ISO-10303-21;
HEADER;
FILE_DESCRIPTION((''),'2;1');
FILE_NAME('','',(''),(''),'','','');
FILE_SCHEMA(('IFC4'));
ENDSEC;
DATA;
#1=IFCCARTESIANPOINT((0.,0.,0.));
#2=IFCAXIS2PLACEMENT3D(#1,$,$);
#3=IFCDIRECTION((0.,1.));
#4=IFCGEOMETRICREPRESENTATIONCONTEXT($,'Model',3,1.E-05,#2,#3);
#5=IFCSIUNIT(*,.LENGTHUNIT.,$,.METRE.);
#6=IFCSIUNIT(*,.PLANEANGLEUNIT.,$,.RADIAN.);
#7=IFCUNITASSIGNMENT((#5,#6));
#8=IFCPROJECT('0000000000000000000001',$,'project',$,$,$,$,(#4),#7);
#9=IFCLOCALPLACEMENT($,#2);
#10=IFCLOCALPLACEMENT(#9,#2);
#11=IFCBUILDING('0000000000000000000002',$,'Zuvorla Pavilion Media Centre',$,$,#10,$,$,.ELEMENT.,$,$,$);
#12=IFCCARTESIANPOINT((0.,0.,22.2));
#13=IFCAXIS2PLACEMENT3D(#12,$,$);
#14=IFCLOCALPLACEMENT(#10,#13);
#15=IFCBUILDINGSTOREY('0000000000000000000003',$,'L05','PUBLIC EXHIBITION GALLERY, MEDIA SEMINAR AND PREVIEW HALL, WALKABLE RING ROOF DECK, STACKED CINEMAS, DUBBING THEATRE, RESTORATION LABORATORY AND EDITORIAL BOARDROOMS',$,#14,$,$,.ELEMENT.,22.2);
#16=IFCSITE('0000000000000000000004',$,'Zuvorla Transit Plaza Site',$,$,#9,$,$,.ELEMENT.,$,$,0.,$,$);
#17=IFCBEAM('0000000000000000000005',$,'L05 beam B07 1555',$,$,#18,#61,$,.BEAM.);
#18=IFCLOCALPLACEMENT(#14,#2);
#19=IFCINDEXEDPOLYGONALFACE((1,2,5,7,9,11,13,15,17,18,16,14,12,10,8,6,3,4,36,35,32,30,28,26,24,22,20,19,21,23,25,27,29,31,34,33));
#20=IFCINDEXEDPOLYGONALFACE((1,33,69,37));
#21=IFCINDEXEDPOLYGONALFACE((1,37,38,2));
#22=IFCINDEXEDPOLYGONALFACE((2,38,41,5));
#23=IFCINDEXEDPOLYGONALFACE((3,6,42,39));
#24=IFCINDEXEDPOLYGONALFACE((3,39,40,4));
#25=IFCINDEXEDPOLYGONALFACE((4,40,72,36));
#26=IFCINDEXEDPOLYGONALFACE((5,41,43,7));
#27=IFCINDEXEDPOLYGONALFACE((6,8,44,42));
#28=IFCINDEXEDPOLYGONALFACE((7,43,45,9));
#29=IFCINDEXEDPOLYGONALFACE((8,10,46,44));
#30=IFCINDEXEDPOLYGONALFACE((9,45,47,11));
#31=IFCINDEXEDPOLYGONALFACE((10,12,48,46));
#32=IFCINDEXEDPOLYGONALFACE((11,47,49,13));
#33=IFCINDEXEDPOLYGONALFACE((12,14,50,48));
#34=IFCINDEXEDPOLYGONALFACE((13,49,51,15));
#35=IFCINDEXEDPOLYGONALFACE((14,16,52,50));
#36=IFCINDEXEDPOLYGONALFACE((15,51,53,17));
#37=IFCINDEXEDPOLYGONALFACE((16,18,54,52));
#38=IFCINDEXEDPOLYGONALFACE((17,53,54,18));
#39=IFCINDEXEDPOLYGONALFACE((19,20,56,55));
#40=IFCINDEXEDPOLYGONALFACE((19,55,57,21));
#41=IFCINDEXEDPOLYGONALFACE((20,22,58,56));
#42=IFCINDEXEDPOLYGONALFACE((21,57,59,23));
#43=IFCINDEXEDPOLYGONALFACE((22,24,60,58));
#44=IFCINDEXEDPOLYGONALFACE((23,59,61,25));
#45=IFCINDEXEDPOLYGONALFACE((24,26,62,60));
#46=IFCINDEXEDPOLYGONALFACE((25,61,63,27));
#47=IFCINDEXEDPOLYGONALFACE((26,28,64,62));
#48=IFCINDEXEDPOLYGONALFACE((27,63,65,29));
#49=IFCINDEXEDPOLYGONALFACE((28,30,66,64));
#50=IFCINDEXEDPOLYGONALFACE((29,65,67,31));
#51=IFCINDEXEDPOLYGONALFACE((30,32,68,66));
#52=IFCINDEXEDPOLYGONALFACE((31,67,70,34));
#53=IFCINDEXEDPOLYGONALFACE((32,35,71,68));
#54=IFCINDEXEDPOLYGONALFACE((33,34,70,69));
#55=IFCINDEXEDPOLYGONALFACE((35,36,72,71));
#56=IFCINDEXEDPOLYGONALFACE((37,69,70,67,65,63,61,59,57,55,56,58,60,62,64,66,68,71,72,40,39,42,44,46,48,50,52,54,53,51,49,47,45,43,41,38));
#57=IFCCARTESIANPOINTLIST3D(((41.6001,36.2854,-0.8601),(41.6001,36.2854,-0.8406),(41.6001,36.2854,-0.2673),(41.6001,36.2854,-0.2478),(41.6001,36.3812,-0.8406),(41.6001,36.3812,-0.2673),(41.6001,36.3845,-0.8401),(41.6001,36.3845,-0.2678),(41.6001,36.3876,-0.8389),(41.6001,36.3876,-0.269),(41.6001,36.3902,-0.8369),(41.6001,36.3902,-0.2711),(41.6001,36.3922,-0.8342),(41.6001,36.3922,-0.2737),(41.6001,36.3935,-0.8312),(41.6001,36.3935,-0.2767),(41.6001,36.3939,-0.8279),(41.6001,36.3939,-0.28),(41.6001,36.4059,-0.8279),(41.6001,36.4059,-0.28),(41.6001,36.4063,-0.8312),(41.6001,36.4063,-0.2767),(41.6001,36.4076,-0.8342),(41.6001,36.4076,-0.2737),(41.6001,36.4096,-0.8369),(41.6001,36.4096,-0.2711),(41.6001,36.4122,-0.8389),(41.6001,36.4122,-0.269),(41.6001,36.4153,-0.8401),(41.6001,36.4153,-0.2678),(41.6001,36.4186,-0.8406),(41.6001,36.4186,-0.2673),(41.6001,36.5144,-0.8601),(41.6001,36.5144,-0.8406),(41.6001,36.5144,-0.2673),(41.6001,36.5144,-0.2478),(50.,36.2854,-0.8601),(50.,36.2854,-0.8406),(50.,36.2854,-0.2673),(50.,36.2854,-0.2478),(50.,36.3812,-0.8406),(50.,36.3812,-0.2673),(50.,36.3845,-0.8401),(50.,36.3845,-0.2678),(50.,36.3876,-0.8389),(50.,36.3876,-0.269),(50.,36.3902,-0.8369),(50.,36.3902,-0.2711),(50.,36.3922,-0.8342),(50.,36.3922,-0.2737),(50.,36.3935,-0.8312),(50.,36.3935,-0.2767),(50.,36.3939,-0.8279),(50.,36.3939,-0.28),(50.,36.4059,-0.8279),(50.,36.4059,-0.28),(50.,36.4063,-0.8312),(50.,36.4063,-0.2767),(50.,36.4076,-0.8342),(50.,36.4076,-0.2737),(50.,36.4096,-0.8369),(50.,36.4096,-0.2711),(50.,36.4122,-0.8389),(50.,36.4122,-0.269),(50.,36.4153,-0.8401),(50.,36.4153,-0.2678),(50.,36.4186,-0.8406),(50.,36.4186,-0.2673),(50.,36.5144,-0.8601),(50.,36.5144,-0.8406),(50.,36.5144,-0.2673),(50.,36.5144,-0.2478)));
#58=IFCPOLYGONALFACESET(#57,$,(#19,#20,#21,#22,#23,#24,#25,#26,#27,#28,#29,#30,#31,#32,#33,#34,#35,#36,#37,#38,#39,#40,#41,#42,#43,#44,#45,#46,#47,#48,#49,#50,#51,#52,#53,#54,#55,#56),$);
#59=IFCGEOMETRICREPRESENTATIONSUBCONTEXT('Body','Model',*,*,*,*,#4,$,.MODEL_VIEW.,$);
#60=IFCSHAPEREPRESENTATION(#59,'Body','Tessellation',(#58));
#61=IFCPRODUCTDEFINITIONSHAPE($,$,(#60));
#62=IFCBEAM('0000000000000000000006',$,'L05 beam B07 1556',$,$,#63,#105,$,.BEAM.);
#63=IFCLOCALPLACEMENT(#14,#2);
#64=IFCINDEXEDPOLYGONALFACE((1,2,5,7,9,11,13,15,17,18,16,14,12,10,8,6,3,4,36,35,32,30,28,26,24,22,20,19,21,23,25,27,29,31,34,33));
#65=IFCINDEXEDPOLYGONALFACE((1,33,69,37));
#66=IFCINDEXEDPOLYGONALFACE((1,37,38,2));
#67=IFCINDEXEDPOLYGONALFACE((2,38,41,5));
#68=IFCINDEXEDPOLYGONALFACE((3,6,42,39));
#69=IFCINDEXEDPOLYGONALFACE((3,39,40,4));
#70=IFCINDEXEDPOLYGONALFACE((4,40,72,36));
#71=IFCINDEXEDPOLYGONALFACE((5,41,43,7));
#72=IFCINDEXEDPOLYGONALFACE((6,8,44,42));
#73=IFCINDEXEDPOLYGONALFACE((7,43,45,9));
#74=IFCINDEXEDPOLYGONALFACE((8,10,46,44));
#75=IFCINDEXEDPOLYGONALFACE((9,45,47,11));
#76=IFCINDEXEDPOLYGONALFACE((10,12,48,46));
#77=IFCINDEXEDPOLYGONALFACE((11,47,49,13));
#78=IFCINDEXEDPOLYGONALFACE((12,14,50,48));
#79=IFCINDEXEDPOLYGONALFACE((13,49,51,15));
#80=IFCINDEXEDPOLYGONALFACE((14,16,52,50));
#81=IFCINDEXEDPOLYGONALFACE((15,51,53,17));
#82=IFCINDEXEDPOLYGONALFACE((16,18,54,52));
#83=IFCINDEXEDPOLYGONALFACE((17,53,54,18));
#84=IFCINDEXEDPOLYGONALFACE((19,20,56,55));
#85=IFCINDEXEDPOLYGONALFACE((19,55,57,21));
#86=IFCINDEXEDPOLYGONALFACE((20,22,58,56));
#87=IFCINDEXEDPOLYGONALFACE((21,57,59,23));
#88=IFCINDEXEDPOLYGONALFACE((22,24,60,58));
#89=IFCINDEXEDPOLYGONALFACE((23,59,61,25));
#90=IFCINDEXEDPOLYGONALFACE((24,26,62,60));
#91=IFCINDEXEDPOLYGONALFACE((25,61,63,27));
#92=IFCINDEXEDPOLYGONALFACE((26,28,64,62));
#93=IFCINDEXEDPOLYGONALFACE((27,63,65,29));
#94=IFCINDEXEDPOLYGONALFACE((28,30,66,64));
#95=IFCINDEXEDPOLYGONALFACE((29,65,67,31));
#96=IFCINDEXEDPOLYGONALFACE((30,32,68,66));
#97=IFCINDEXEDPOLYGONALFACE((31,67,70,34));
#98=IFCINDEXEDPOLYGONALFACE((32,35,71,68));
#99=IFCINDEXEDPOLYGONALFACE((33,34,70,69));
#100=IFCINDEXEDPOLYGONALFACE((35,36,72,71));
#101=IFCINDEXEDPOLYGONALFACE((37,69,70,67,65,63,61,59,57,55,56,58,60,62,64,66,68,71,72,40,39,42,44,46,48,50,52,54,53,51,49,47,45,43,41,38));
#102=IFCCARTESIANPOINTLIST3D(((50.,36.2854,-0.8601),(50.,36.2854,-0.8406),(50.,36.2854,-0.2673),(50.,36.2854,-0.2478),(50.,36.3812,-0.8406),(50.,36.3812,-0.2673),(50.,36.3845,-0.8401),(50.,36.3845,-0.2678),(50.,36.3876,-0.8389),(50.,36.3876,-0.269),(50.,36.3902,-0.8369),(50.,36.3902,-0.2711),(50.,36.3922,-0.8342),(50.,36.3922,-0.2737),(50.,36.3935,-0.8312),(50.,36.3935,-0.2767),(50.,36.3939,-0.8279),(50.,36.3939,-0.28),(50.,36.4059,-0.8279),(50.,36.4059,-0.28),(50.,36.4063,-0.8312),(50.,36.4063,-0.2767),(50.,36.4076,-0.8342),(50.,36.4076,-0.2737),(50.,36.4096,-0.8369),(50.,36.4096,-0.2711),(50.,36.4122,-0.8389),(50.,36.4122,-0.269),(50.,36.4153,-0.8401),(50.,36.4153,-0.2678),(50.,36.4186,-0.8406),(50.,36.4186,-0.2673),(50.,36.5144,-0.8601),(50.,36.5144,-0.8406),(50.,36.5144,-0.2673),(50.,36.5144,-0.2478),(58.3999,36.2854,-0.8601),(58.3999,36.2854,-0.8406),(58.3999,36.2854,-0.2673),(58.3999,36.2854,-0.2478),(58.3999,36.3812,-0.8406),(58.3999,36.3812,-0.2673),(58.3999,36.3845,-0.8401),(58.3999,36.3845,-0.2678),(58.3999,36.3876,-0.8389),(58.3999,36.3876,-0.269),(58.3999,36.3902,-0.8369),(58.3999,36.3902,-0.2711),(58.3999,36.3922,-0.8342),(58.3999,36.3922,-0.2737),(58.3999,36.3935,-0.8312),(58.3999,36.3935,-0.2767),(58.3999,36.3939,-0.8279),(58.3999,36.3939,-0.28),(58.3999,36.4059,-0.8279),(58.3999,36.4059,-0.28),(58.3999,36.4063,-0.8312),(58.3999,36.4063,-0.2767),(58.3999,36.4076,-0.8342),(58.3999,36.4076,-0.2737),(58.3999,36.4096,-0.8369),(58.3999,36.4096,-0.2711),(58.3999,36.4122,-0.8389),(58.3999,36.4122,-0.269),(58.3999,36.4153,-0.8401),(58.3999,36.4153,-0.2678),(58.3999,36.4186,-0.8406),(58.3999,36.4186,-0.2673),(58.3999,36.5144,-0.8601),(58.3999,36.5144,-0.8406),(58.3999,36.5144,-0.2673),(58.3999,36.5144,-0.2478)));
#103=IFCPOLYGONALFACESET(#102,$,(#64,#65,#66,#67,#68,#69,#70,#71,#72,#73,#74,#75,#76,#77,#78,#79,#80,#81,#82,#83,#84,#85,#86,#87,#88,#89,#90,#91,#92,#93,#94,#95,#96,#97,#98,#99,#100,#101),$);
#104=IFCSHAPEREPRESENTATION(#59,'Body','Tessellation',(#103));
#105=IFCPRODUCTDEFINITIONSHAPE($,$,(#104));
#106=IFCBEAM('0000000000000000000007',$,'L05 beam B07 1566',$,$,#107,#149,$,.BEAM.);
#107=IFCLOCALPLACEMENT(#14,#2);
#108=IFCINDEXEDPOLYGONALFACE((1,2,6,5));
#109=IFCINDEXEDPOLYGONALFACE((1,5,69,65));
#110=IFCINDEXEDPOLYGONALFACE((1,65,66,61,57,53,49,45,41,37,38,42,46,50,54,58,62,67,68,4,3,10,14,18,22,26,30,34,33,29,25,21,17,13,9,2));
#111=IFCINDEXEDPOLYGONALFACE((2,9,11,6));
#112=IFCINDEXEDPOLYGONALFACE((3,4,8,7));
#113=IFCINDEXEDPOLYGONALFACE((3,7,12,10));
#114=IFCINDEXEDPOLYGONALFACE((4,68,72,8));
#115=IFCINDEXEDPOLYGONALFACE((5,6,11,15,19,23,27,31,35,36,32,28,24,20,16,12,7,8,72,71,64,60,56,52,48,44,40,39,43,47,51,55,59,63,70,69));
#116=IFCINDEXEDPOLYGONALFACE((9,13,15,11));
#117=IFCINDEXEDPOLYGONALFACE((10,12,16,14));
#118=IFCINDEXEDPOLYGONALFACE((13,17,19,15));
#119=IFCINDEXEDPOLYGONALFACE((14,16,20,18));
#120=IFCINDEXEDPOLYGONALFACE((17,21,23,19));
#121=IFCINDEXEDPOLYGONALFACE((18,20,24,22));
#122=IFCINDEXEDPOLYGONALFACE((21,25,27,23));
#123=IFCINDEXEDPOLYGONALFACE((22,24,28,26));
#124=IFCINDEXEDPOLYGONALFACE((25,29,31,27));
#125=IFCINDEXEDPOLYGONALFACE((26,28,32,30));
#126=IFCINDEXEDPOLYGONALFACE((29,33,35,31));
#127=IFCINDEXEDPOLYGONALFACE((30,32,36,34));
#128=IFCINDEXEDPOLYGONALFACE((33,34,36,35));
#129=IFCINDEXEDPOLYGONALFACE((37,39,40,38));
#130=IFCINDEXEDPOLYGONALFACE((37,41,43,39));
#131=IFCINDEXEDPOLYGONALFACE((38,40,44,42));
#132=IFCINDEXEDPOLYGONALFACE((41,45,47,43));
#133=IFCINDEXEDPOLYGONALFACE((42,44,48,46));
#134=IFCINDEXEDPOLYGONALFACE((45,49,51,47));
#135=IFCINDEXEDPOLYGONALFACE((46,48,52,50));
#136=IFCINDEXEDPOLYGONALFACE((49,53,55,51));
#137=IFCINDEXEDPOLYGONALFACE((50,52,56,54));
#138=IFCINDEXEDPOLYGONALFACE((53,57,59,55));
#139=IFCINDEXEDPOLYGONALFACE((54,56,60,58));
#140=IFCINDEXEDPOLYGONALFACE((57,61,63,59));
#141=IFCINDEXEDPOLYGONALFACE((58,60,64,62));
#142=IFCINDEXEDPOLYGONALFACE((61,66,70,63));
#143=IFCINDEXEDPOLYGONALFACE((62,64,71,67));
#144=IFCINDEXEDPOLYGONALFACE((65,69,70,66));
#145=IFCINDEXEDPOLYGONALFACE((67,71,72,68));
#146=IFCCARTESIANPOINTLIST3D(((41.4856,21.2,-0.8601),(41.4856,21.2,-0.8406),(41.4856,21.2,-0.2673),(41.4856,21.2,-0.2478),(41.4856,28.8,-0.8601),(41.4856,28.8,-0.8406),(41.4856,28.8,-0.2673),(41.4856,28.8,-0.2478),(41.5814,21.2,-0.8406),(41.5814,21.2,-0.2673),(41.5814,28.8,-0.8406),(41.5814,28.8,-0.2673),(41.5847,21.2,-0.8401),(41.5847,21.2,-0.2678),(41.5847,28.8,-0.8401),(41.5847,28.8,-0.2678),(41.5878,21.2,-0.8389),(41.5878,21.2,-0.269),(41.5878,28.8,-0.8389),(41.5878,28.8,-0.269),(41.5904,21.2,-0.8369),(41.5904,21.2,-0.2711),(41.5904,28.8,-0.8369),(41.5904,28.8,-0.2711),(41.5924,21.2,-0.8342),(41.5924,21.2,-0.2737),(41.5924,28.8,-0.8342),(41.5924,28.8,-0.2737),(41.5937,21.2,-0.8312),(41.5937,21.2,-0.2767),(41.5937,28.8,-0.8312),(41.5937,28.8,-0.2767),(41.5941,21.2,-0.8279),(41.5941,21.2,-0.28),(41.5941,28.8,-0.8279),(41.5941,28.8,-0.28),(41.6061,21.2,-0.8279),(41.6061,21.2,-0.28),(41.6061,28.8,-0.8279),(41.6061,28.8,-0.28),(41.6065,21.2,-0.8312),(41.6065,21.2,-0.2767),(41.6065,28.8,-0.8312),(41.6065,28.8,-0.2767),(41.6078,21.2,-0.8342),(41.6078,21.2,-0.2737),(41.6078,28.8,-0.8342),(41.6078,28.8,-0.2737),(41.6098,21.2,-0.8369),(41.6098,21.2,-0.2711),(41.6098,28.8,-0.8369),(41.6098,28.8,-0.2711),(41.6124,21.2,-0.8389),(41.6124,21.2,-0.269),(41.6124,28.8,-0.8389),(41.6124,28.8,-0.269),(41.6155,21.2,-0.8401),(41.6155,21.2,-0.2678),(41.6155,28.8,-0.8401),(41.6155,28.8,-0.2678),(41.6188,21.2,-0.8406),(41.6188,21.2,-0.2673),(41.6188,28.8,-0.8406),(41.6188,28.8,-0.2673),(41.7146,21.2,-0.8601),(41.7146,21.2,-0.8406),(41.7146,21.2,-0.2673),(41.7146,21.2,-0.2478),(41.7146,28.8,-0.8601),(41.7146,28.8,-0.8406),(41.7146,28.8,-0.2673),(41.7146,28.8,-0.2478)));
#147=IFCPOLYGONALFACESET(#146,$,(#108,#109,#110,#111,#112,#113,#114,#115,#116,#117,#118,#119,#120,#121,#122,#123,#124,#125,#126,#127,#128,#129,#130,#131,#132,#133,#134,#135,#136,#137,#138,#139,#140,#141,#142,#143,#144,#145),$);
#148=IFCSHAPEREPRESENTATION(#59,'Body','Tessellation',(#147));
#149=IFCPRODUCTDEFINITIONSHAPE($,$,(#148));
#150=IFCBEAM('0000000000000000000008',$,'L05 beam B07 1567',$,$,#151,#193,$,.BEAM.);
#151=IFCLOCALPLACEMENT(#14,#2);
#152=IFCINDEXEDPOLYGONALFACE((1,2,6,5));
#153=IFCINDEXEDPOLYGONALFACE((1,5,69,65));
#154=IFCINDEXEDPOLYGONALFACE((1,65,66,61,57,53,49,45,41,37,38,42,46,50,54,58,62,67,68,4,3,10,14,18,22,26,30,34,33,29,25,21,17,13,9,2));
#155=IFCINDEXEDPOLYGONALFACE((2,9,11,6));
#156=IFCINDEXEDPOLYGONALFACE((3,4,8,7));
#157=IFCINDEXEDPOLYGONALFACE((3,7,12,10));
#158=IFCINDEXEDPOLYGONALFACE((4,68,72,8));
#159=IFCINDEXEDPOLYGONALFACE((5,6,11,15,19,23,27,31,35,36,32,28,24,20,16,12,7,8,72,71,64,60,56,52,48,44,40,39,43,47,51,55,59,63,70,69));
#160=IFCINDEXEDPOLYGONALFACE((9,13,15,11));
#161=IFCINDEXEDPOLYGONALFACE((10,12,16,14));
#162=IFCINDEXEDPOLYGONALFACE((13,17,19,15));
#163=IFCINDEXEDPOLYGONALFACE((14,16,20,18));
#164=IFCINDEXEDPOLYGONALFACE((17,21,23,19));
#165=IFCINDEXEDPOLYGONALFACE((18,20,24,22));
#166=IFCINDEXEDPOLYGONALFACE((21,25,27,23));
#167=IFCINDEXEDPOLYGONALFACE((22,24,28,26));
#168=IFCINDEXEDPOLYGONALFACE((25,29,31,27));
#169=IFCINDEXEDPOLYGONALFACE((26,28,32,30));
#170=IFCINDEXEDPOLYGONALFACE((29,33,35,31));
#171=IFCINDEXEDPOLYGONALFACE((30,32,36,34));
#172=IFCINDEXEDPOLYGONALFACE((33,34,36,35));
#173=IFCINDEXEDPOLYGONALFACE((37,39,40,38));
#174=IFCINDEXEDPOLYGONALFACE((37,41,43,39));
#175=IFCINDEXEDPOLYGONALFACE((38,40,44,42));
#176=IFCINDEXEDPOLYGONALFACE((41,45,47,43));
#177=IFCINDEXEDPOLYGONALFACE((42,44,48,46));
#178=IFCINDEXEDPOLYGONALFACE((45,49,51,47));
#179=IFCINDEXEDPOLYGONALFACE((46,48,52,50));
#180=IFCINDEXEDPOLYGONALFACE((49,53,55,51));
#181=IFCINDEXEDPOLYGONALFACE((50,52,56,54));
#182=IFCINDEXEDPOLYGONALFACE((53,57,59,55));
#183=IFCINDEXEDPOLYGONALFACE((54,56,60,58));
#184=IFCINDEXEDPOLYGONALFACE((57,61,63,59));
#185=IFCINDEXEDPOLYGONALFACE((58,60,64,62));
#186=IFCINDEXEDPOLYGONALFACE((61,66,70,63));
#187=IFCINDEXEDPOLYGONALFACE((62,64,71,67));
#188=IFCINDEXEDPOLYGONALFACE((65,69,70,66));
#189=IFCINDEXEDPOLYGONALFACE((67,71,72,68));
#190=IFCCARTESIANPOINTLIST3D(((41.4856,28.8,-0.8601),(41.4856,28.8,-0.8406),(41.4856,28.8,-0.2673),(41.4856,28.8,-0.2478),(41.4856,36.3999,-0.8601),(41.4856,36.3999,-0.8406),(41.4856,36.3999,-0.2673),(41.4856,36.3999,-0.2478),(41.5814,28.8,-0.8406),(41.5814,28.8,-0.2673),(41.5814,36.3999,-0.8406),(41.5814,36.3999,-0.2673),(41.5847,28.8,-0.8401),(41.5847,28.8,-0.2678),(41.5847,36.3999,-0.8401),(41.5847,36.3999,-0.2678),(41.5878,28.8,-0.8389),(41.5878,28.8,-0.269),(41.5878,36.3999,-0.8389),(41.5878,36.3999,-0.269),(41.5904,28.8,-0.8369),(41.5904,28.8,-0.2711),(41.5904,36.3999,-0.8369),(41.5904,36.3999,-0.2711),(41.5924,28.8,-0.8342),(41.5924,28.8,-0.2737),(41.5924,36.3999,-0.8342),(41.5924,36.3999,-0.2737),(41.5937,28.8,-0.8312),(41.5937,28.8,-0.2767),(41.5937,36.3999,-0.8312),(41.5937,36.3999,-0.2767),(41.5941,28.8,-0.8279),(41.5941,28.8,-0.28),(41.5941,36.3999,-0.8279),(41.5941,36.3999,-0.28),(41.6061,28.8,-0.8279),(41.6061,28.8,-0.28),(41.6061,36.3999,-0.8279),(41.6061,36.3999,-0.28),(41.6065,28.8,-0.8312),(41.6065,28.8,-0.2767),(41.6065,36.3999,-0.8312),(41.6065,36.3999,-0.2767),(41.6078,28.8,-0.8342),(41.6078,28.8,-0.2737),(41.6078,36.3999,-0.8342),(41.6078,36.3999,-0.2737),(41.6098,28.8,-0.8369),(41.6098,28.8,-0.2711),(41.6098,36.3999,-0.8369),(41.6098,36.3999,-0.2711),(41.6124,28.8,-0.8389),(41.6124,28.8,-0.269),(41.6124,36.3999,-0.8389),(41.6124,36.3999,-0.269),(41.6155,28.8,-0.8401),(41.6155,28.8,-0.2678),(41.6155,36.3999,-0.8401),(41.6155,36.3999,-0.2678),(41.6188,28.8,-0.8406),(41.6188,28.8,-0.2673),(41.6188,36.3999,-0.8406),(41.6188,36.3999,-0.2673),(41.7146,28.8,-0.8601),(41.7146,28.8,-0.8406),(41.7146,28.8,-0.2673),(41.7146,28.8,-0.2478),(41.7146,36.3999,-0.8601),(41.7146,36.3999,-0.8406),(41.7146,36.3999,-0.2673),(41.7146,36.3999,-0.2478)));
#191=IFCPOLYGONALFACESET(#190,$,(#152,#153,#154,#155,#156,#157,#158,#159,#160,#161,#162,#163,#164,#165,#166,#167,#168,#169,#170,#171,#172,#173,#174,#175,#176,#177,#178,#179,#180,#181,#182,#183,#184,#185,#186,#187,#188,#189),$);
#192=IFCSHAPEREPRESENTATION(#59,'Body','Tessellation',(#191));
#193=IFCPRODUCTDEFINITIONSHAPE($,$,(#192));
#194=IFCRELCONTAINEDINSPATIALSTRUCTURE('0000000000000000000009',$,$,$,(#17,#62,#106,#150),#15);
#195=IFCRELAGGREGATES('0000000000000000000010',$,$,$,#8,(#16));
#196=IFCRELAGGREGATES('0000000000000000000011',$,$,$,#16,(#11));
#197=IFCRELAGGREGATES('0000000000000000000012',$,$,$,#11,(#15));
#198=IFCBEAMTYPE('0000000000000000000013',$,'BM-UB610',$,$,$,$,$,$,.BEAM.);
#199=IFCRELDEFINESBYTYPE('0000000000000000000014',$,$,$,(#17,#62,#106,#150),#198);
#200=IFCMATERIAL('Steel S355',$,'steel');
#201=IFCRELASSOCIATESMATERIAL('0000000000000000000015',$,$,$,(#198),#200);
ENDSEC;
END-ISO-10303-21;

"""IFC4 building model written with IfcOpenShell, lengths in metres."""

from ifc_helpers import new_model, si_unit, direction, frame, origin, origin_2d, place, context, subcontext, project, spatial, i_section, extrude, material, material_profile, profile_set, type_object, element, save


model = new_model("IFC4")

# Units and contexts
model_context = context("Model", 3, precision=1e-05, world=origin(), true_north=direction((0.0, 1.0)))
body_context = subcontext(model_context, "Body", "Model", "MODEL_VIEW")
ifc_project = project(units=[si_unit("LENGTHUNIT", "METRE"), si_unit("PLANEANGLEUNIT", "RADIAN")], contexts=[model_context])

# Site, building, storey
site_placement = place(None, origin())
site = spatial("IfcSite", under=ifc_project, at=site_placement, Name="Zuvorla Transit Plaza Site", CompositionType="ELEMENT", RefElevation=0.0)
building_placement = place(site_placement, origin())
building = spatial("IfcBuilding", under=site, at=building_placement, Name="Zuvorla Pavilion Media Centre", CompositionType="ELEMENT")
storey_placement = place(building_placement, frame((0.0, 0.0, 22.2)))
storey = spatial("IfcBuildingStorey", under=building, at=storey_placement, Name="L05", Description="PUBLIC EXHIBITION GALLERY, MEDIA SEMINAR AND PREVIEW HALL, WALKABLE RING ROOF DECK, STACKED CINEMAS, DUBBING THEATRE, RESTORATION LABORATORY AND EDITORIAL BOARDROOMS", CompositionType="ELEMENT", Elevation=22.2)

# Beams
ifc_material_1 = material(Name="Steel S355", Category="steel")
ifc_material_profile_1 = material_profile(ifc_material_1, i_section(OverallWidth=0.229, OverallDepth=0.6123, WebThickness=0.012, FlangeThickness=0.0195, FilletRadius=0.0127, at=origin_2d()), Name="UB 610x229x125")
ifc_profile_set_1 = profile_set([ifc_material_profile_1], Name="Steel S355")
beam_type_1 = type_object("IfcBeamType", Name="BM-UB610", PredefinedType="BEAM", material=ifc_profile_set_1)
for number, where, z_axis, x_axis, name in (
    (1, (41.6001, 36.3999, -0.554), (1.0, 0.0, 0.0), (0.0, 1.0, 0.0), "L05 beam B07 1555"),
    (2, (50.0, 36.3999, -0.554), (1.0, 0.0, 0.0), (0.0, 1.0, 0.0), "L05 beam B07 1556"),
):
    element("IfcBeam", number, at=place(storey_placement, frame(where, z_axis=z_axis, x_axis=x_axis)), inside=storey, type_object=beam_type_1, Name=name, PredefinedType="BEAM", context=body_context, shape_type="SweptSolid", body=[
        extrude(i_section(OverallWidth=0.229, OverallDepth=0.6123, WebThickness=0.012, FlangeThickness=0.0195, FilletRadius=0.0127, at=origin_2d()), origin(), (0.0, 0.0, 1.0), 8.3999),
    ])
beam_1_placement = place(storey_placement, frame((41.6001, 21.2, -0.554), z_axis=(0.0, 1.0, 0.0), x_axis=(-1.0, 0.0, 0.0)))
element("IfcBeam", 3, at=beam_1_placement, inside=storey, type_object=beam_type_1, Name="L05 beam B07 1566", PredefinedType="BEAM", context=body_context, shape_type="SweptSolid", body=[
    extrude(i_section(OverallWidth=0.229, OverallDepth=0.6123, WebThickness=0.012, FlangeThickness=0.0195, FilletRadius=0.0127, at=origin_2d()), origin(), (0.0, 0.0, 1.0), 7.6001),
])
beam_2_placement = place(storey_placement, frame((41.6001, 28.8, -0.554), z_axis=(0.0, 1.0, 0.0), x_axis=(-1.0, 0.0, 0.0)))
element("IfcBeam", 4, at=beam_2_placement, inside=storey, type_object=beam_type_1, Name="L05 beam B07 1567", PredefinedType="BEAM", context=body_context, shape_type="SweptSolid", body=[
    extrude(i_section(OverallWidth=0.229, OverallDepth=0.6123, WebThickness=0.012, FlangeThickness=0.0195, FilletRadius=0.0127, at=origin_2d()), origin(), (0.0, 0.0, 1.0), 7.5999),
])

save(model, "model.ifc")
